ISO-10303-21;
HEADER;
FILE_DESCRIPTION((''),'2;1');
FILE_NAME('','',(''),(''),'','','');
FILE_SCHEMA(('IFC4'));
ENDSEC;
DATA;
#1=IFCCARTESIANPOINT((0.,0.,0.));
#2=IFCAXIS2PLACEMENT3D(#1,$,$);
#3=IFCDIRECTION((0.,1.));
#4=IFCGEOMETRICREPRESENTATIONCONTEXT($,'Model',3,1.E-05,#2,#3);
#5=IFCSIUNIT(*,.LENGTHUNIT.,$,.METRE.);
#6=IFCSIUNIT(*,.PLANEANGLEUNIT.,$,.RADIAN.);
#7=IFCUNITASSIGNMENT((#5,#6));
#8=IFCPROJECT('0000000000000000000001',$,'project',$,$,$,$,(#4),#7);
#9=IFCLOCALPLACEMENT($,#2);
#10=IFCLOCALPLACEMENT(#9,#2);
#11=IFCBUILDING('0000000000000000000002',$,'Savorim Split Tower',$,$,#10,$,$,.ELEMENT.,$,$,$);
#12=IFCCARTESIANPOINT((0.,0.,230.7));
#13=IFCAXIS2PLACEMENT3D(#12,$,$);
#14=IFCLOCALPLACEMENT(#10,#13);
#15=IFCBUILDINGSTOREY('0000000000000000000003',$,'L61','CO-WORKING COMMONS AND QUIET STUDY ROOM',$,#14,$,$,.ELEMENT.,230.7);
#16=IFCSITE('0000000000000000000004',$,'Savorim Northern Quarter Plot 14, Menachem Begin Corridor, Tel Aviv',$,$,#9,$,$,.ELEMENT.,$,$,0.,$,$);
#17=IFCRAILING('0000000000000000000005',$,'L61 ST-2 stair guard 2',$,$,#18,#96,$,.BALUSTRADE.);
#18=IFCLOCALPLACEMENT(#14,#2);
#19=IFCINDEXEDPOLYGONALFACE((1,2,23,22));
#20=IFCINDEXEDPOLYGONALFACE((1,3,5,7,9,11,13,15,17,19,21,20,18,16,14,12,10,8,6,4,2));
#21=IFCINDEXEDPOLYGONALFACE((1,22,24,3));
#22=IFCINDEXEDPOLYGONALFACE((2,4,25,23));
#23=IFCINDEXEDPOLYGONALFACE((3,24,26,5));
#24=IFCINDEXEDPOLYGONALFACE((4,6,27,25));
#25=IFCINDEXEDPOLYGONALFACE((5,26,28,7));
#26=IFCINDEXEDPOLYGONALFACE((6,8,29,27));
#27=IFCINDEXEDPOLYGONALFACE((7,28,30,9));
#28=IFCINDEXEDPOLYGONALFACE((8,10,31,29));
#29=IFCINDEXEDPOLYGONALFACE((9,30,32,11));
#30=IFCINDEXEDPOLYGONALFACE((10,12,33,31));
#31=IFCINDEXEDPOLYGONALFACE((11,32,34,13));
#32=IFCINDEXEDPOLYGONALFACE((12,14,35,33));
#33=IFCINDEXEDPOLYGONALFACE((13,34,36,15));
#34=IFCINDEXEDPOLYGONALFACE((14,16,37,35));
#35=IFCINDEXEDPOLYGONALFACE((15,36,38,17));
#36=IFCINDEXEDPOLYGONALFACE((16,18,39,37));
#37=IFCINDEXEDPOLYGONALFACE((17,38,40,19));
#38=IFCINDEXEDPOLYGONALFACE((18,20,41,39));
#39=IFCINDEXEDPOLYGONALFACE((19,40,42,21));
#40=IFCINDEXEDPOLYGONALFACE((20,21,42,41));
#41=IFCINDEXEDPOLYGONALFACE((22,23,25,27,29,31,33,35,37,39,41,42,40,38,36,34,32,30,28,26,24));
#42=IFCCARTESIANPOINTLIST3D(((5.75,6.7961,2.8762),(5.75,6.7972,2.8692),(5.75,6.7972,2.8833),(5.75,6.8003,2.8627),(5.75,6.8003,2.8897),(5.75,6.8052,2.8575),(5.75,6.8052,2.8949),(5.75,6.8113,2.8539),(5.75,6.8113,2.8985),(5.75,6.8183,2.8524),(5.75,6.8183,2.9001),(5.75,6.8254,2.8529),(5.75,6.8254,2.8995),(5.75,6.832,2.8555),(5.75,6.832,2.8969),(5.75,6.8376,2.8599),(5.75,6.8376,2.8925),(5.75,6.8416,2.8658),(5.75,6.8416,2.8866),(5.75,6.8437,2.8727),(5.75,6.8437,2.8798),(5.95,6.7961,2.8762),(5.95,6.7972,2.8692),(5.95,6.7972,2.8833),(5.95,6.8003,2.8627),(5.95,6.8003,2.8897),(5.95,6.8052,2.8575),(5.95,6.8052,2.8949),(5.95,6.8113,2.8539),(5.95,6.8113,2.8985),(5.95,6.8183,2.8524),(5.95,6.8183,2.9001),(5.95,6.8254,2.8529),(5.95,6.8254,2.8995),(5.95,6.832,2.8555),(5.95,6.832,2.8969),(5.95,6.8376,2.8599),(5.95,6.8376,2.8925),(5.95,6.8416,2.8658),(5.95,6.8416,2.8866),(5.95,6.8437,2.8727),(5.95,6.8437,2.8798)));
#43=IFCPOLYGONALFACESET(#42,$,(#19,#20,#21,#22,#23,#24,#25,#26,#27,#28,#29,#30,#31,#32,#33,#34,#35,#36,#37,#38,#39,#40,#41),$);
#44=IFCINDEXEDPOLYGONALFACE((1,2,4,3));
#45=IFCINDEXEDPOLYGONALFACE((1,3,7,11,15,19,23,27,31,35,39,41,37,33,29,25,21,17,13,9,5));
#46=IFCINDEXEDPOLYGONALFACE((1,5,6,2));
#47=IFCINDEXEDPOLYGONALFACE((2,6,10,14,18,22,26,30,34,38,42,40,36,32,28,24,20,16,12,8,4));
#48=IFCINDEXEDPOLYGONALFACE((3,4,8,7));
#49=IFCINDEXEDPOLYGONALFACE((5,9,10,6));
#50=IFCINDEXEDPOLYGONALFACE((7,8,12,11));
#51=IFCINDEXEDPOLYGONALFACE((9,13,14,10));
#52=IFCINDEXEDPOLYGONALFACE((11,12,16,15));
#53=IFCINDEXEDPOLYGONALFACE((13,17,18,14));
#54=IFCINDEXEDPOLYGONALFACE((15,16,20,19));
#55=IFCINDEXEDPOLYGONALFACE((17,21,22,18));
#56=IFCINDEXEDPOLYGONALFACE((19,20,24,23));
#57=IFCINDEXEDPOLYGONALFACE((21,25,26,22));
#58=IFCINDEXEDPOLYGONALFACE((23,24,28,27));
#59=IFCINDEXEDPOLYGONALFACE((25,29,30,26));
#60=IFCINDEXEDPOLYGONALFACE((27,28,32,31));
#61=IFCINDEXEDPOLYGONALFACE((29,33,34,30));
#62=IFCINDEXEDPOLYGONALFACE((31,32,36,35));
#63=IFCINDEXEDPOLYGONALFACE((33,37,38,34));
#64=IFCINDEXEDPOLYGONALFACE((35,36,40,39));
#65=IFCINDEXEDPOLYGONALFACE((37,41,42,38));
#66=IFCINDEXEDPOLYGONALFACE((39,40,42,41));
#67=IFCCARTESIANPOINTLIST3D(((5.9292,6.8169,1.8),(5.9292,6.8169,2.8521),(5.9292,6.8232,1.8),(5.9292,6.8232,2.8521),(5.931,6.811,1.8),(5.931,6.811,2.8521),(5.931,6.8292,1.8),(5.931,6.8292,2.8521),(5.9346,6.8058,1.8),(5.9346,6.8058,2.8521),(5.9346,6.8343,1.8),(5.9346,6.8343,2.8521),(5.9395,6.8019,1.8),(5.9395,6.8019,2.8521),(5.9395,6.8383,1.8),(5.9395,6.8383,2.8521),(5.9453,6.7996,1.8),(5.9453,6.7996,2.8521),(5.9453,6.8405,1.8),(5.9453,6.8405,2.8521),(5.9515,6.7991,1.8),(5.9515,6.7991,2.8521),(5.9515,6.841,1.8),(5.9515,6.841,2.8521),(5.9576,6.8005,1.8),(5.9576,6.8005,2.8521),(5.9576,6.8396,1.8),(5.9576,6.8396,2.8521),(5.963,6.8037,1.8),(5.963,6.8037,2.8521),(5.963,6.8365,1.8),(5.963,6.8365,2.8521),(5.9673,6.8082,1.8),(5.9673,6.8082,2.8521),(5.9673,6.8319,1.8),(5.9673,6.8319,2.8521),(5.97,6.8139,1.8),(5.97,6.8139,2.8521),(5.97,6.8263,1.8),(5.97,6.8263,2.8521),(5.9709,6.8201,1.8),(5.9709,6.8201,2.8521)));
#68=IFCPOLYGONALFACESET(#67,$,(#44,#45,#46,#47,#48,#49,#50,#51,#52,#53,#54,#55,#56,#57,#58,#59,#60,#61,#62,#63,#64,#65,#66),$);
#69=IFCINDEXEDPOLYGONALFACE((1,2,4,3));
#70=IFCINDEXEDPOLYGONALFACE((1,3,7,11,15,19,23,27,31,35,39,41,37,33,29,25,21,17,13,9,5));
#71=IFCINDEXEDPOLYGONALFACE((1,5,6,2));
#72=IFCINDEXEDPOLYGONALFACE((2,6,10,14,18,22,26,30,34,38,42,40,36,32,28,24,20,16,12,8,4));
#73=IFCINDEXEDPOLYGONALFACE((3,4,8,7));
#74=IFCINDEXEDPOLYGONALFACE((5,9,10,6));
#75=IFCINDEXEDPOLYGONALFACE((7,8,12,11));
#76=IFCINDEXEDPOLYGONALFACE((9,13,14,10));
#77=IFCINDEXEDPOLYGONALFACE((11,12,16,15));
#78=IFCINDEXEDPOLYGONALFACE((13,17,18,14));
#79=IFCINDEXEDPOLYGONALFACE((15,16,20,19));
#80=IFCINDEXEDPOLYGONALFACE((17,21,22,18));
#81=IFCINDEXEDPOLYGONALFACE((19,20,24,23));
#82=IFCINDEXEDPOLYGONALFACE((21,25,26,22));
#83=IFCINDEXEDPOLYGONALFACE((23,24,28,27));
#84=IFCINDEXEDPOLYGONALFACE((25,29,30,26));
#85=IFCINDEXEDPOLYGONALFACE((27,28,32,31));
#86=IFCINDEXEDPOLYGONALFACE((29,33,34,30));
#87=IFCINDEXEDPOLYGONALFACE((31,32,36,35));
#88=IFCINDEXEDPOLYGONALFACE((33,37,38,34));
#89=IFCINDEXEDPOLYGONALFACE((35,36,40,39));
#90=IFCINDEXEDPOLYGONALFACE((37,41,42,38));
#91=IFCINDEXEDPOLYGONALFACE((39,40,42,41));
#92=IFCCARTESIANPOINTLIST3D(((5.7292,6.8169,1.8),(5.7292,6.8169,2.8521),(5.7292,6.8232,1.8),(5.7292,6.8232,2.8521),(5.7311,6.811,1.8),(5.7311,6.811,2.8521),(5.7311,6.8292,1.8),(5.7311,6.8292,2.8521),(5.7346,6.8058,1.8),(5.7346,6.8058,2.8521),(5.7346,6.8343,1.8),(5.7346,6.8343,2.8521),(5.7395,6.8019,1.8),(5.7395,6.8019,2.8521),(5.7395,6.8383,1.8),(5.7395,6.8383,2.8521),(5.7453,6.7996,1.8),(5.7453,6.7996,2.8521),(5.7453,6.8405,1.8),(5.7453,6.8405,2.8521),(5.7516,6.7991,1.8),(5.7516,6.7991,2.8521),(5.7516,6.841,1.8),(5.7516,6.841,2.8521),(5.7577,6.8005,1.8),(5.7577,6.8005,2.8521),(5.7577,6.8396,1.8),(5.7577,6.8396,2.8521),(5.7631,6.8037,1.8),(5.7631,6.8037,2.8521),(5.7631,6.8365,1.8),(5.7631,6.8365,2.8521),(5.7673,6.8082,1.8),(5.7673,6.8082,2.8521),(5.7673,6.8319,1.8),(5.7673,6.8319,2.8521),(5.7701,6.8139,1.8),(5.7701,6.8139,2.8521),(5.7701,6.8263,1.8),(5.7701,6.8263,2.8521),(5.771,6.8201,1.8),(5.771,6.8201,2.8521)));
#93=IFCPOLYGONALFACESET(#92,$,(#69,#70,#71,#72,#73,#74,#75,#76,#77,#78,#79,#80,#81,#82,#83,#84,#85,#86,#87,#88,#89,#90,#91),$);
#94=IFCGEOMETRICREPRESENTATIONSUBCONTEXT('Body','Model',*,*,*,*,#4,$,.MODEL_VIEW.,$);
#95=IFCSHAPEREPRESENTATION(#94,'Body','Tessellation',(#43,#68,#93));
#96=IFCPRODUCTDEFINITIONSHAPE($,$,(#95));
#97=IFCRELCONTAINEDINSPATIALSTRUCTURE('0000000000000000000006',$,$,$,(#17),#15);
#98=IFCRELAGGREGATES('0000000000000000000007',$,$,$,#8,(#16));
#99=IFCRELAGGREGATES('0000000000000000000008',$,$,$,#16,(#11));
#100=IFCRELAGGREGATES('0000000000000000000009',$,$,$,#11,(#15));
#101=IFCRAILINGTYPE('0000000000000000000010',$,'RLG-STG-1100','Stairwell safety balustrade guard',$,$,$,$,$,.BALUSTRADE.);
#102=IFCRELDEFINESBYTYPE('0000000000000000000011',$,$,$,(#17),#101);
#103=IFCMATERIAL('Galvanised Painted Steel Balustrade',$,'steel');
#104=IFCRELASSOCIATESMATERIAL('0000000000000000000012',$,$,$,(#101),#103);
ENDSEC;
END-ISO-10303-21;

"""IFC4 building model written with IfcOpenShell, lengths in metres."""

from ifc_helpers import new_model, si_unit, direction, frame, origin, origin_2d, place, context, subcontext, project, spatial, circle, extrude, material, type_object, element, save


model = new_model("IFC4")

# Units and contexts
model_context = context("Model", 3, precision=1e-05, world=origin(), true_north=direction((0.0, 1.0)))
body_context = subcontext(model_context, "Body", "Model", "MODEL_VIEW")
ifc_project = project(units=[si_unit("LENGTHUNIT", "METRE"), si_unit("PLANEANGLEUNIT", "RADIAN")], contexts=[model_context])

# Site, building, storey
site_placement = place(None, origin())
site = spatial("IfcSite", under=ifc_project, at=site_placement, Name="Savorim Northern Quarter Plot 14, Menachem Begin Corridor, Tel Aviv", CompositionType="ELEMENT", RefElevation=0.0)
building_placement = place(site_placement, origin())
building = spatial("IfcBuilding", under=site, at=building_placement, Name="Savorim Split Tower", CompositionType="ELEMENT")
storey_placement = place(building_placement, frame((0.0, 0.0, 230.7)))
storey = spatial("IfcBuildingStorey", under=building, at=storey_placement, Name="L61", Description="CO-WORKING COMMONS AND QUIET STUDY ROOM", CompositionType="ELEMENT", Elevation=230.7)

# Railing
ifc_material_1 = material(Name="Galvanised Painted Steel Balustrade", Category="steel")
railing_type_1 = type_object("IfcRailingType", Name="RLG-STG-1100", Description="Stairwell safety balustrade guard", PredefinedType="BALUSTRADE", material=ifc_material_1)
railing_1_placement = place(storey_placement, frame((5.95, 6.8201, 1.8)))
element("IfcRailing", 1, at=railing_1_placement, inside=storey, type_object=railing_type_1, Name="L61 ST-2 stair guard 2", PredefinedType="BALUSTRADE", context=body_context, shape_type="SweptSolid", body=[
    extrude(circle(Radius=0.0239, at=origin_2d()), frame((0.0, 0.0, 1.0762), z_axis=(-1.0, 0.0, 0.0), x_axis=(0.0, -1.0, 0.0)), (0.0, 0.0, 1.0), 0.2),
    extrude(circle(Radius=0.021, at=origin_2d()), origin(), (0.0, 0.0, 1.0), 1.052),
    extrude(circle(Radius=0.021, at=origin_2d()), frame((-0.2, 0.0, 0.0)), (0.0, 0.0, 1.0), 1.052),
])

save(model, "model.ifc")
